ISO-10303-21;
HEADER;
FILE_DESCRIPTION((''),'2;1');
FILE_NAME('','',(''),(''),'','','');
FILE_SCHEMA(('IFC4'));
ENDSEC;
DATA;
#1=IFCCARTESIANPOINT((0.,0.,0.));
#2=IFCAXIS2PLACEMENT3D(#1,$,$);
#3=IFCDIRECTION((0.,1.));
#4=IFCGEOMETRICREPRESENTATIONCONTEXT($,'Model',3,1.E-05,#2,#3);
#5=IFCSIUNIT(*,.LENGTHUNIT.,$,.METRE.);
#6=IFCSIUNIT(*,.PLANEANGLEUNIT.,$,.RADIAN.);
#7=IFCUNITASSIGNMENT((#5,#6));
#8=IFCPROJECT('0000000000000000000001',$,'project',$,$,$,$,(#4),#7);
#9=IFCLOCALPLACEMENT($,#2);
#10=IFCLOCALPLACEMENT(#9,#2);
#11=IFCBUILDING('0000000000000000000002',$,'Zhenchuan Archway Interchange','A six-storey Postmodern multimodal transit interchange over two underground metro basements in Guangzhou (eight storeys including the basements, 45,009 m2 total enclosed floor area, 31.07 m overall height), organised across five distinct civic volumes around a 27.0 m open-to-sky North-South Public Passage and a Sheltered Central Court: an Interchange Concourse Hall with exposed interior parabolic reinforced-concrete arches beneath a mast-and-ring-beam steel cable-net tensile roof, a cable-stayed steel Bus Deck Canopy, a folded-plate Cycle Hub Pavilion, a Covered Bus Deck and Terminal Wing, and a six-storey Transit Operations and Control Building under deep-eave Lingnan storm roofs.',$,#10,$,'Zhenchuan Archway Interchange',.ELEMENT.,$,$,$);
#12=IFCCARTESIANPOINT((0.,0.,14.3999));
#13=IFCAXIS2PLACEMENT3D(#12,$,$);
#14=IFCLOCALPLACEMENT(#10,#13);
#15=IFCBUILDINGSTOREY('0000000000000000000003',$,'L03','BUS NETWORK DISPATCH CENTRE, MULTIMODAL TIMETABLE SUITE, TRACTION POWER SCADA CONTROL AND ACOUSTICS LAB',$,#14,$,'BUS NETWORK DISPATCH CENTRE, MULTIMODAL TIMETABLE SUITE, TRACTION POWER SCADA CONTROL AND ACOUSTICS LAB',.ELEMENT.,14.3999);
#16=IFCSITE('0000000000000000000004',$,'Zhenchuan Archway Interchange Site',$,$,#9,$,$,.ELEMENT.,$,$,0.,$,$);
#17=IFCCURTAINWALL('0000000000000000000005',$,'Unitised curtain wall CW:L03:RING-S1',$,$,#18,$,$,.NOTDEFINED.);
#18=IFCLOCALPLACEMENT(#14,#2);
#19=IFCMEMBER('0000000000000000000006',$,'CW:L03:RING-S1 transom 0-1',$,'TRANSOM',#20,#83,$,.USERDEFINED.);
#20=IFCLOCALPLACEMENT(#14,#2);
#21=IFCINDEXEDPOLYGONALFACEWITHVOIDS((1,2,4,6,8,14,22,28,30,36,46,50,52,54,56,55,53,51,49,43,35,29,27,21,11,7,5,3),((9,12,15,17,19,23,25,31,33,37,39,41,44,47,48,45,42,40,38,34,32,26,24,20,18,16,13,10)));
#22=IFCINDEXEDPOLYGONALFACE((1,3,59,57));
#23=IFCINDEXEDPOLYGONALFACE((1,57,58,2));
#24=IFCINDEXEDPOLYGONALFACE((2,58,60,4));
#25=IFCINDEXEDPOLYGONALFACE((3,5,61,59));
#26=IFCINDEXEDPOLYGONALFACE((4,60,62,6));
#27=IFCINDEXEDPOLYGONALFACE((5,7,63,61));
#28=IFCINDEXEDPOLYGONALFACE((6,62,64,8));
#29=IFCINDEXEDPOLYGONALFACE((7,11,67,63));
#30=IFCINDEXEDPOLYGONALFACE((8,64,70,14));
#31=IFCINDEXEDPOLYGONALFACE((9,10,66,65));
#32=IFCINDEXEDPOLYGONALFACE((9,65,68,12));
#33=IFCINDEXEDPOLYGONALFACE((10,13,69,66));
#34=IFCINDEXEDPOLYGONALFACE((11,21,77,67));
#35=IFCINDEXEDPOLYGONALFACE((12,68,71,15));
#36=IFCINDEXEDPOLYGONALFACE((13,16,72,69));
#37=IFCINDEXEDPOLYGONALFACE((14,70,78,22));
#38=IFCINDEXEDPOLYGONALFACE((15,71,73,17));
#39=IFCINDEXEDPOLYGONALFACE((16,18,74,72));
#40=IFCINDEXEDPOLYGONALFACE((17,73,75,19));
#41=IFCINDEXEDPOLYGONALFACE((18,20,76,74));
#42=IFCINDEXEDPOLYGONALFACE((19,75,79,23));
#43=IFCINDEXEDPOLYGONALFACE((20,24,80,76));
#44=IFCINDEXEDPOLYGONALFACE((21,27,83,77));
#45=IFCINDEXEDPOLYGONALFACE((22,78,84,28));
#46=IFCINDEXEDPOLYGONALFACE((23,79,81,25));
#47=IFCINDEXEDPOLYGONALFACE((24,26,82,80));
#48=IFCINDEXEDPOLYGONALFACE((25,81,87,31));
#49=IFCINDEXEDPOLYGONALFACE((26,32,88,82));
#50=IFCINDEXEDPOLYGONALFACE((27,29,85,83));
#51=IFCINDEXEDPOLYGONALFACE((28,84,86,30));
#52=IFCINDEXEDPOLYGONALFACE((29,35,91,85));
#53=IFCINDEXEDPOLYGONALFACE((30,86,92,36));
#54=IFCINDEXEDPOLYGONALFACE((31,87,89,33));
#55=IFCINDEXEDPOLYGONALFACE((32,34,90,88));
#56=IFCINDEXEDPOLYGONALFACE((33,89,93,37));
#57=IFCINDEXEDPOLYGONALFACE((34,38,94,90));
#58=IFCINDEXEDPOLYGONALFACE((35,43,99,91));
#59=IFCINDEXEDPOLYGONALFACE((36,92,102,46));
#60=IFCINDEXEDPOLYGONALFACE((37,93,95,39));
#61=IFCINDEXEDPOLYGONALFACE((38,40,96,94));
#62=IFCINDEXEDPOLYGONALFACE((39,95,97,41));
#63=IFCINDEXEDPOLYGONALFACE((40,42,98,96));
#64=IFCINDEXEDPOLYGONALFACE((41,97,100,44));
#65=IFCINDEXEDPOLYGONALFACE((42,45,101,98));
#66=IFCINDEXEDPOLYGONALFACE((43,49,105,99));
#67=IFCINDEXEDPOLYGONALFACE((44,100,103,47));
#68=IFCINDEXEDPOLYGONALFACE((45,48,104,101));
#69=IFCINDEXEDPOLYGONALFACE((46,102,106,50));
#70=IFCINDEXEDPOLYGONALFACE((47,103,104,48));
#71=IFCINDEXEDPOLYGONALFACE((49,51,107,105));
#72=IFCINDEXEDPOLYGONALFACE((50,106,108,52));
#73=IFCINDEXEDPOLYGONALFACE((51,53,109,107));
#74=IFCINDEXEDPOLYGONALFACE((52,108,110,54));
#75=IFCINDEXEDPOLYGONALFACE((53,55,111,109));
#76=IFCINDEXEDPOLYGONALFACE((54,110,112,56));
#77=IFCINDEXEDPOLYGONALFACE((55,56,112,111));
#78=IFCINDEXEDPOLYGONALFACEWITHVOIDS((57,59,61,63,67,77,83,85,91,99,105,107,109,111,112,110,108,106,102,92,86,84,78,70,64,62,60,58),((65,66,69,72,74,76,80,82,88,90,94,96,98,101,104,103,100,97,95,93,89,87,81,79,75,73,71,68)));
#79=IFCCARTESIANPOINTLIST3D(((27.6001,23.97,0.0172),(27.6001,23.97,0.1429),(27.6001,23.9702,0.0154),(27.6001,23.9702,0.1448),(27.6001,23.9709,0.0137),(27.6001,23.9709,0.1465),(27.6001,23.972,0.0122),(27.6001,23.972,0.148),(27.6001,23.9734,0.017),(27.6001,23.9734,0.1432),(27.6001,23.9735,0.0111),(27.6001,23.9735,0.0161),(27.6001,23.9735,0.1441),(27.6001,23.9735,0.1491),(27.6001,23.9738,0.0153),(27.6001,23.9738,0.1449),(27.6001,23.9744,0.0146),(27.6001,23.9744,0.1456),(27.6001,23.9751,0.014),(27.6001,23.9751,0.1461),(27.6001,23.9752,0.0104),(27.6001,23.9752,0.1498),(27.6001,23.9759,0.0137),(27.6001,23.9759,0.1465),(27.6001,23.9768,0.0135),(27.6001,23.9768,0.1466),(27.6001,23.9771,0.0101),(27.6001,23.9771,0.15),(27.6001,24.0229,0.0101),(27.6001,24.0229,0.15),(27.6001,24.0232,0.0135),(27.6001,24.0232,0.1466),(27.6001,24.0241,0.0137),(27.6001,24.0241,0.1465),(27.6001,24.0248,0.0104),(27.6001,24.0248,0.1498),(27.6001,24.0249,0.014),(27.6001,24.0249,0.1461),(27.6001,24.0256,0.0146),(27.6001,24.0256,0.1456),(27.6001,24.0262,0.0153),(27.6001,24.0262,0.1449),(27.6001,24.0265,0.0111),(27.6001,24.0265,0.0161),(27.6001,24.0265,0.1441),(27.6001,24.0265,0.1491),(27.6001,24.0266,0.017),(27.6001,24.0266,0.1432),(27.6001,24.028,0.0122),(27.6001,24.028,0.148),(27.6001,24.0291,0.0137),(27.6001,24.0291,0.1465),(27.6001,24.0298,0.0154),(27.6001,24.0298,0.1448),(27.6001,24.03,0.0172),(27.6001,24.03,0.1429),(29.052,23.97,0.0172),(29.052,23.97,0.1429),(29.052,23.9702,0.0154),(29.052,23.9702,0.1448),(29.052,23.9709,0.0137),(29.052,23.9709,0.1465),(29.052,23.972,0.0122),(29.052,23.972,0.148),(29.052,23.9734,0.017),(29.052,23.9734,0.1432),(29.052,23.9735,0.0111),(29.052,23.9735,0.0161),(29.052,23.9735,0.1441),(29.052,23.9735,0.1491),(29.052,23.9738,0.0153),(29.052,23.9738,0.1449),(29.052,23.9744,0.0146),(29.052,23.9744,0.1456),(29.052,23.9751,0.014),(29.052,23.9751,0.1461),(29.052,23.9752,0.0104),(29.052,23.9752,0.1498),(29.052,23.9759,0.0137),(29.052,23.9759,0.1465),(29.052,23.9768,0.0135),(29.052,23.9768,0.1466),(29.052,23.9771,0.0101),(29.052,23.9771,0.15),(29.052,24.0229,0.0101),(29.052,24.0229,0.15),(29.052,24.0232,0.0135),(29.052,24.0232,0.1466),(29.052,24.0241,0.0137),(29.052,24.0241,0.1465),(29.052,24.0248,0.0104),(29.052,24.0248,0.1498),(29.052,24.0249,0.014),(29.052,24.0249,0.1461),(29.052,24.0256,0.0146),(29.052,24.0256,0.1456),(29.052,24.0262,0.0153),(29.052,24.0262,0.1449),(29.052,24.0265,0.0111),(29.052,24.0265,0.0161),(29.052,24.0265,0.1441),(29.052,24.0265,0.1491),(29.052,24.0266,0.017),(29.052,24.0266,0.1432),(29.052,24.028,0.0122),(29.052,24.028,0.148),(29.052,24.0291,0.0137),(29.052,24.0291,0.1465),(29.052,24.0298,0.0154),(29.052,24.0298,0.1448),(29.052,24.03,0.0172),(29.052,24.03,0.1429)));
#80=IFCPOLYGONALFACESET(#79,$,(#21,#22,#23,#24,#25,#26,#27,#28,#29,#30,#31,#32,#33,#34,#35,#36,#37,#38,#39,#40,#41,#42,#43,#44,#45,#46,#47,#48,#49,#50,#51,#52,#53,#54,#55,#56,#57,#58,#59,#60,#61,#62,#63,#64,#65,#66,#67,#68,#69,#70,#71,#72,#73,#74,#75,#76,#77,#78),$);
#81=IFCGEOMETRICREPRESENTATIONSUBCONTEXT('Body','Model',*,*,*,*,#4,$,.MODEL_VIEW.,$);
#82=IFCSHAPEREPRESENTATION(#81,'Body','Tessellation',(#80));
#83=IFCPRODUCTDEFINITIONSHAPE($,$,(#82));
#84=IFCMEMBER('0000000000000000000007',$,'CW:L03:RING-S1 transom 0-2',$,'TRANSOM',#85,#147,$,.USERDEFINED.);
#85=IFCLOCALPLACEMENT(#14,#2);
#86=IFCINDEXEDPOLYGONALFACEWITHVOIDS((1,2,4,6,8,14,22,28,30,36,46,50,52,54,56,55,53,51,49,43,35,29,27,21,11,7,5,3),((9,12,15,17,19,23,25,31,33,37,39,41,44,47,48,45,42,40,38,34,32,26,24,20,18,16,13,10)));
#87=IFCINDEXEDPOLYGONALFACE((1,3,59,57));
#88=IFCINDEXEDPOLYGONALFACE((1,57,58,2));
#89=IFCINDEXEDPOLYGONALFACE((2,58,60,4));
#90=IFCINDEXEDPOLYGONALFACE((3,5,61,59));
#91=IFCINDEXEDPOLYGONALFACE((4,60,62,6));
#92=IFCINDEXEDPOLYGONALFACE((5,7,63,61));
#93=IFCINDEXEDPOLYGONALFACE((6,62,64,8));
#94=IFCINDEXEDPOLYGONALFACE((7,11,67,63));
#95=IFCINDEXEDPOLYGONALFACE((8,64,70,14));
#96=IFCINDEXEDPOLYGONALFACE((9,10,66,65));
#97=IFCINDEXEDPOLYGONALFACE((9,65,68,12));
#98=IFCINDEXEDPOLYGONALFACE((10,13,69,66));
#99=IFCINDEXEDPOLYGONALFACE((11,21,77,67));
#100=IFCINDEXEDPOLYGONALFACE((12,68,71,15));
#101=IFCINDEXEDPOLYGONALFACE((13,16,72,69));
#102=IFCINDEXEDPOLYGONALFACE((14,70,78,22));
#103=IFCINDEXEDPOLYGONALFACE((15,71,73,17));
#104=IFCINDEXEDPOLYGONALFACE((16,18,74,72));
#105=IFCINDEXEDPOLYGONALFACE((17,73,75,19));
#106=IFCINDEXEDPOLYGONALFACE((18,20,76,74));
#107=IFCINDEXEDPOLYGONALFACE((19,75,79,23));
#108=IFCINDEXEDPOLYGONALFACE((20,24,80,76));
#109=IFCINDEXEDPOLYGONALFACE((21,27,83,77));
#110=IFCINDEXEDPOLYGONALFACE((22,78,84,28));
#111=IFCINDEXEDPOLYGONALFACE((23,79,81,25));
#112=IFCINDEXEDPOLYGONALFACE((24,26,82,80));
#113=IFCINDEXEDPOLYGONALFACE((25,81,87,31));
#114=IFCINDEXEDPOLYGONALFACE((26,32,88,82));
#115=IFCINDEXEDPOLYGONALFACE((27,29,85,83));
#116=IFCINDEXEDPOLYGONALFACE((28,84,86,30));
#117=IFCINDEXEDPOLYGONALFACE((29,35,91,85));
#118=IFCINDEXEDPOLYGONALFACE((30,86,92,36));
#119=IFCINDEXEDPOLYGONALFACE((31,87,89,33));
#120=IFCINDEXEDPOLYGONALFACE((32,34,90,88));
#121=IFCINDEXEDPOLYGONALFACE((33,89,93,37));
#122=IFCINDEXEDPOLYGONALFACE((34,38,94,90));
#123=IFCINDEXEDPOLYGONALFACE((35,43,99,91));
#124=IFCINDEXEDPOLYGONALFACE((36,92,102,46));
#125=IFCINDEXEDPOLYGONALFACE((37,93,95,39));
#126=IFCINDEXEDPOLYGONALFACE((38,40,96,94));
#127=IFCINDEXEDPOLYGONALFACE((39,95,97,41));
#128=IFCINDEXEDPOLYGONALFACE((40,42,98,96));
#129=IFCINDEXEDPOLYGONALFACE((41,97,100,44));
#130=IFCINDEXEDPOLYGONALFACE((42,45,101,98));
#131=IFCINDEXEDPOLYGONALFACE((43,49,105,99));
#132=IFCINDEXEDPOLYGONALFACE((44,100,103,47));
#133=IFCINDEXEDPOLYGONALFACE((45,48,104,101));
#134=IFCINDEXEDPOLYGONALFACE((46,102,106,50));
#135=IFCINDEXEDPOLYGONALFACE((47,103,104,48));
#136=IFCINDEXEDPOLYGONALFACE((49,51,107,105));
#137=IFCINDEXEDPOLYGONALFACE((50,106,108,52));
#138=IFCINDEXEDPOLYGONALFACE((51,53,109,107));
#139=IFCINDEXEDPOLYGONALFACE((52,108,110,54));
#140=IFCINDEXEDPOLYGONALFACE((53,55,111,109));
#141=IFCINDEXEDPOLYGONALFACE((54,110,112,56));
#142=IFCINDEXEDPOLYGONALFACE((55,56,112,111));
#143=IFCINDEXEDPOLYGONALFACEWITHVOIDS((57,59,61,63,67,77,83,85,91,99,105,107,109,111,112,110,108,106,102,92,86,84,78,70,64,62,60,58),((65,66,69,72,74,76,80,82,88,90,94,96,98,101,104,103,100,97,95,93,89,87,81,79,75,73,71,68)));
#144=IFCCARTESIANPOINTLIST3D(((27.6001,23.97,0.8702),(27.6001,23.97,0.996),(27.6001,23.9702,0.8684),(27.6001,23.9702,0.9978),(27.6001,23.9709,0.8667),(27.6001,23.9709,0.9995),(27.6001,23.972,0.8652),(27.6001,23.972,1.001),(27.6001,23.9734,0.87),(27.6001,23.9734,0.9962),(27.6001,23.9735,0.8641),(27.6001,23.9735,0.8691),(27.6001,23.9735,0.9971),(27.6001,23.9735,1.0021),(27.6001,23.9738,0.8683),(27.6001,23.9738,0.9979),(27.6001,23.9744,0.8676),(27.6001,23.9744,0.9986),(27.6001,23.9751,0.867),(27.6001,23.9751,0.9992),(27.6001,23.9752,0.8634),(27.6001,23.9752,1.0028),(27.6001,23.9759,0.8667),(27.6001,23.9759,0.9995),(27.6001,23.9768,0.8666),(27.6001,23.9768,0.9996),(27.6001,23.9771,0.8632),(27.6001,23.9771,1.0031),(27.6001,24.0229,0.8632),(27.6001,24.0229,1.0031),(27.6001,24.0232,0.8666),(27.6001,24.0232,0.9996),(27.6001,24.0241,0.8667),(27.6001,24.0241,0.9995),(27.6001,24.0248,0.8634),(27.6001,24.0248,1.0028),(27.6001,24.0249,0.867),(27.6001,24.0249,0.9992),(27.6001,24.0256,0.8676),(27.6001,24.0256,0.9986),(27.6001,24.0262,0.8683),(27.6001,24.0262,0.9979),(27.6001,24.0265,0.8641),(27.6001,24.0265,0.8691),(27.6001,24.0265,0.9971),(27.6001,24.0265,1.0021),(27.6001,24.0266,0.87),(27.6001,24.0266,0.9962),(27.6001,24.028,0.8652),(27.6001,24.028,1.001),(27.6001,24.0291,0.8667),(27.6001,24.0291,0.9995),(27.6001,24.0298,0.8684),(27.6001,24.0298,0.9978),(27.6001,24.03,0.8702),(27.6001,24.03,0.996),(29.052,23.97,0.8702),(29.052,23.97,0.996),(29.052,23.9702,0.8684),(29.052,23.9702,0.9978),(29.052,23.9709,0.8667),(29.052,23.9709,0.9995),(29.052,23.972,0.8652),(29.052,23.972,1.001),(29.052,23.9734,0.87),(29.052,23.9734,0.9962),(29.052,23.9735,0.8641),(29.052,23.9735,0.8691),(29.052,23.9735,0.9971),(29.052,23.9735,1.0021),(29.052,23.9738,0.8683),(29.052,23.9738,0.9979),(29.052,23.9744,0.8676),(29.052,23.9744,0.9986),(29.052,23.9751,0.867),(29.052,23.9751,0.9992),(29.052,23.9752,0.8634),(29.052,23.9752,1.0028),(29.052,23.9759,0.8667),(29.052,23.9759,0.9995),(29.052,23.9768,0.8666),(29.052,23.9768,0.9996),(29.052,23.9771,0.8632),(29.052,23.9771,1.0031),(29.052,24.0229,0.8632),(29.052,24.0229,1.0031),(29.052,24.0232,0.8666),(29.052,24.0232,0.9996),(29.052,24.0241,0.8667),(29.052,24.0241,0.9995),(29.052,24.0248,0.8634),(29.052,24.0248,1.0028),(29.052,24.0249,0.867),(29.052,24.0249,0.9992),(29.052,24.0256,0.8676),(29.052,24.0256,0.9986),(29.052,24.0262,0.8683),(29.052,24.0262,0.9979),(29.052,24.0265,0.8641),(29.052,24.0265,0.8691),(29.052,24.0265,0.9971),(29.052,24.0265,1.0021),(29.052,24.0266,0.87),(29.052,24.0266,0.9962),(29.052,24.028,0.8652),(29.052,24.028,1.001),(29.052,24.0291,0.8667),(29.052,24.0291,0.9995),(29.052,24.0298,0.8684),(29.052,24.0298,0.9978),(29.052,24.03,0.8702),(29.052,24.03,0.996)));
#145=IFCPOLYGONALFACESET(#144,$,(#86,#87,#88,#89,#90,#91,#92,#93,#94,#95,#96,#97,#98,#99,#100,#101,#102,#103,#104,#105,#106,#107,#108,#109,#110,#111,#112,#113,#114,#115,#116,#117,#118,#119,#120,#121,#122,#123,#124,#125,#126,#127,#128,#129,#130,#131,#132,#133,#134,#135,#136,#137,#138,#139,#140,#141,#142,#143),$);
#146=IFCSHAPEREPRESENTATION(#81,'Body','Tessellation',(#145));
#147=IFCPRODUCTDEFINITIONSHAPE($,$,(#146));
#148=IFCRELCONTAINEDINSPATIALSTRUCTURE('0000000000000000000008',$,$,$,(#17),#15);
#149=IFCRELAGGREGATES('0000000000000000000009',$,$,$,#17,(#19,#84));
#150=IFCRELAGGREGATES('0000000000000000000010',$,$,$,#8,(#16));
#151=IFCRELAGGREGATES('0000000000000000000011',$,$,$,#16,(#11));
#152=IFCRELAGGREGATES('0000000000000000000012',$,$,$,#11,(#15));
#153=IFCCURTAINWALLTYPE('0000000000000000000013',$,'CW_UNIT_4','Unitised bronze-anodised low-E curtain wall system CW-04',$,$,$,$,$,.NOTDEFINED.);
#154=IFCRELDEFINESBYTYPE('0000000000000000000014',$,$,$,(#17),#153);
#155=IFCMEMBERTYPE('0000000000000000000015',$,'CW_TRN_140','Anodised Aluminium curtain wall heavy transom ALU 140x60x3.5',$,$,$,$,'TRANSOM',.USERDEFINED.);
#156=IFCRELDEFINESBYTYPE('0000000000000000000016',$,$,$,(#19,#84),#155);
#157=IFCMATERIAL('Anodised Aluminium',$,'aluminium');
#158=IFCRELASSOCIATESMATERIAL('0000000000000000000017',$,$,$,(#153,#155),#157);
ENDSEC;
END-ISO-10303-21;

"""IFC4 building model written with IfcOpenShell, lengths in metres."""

from ifc_helpers import new_model, si_unit, direction, frame, origin, origin_2d, place, context, subcontext, project, spatial, hollow_rectangle, extrude, material, material_profile, profile_set, type_object, element, aggregate, save


model = new_model("IFC4")

# Units and contexts
model_context = context("Model", 3, precision=1e-05, world=origin(), true_north=direction((0.0, 1.0)))
body_context = subcontext(model_context, "Body", "Model", "MODEL_VIEW")
ifc_project = project(units=[si_unit("LENGTHUNIT", "METRE"), si_unit("PLANEANGLEUNIT", "RADIAN")], contexts=[model_context])

# Site, building, storey
site_placement = place(None, origin())
site = spatial("IfcSite", under=ifc_project, at=site_placement, Name="Zhenchuan Archway Interchange Site", CompositionType="ELEMENT", RefElevation=0.0)
building_placement = place(site_placement, origin())
building = spatial("IfcBuilding", under=site, at=building_placement, Name="Zhenchuan Archway Interchange", Description="A six-storey Postmodern multimodal transit interchange over two underground metro basements in Guangzhou (eight storeys including the basements, 45,009 m2 total enclosed floor area, 31.07 m overall height), organised across five distinct civic volumes around a 27.0 m open-to-sky North-South Public Passage and a Sheltered Central Court: an Interchange Concourse Hall with exposed interior parabolic reinforced-concrete arches beneath a mast-and-ring-beam steel cable-net tensile roof, a cable-stayed steel Bus Deck Canopy, a folded-plate Cycle Hub Pavilion, a Covered Bus Deck and Terminal Wing, and a six-storey Transit Operations and Control Building under deep-eave Lingnan storm roofs.", LongName="Zhenchuan Archway Interchange", CompositionType="ELEMENT")
storey_placement = place(building_placement, frame((0.0, 0.0, 14.3999)))
storey = spatial("IfcBuildingStorey", under=building, at=storey_placement, Name="L03", Description="BUS NETWORK DISPATCH CENTRE, MULTIMODAL TIMETABLE SUITE, TRACTION POWER SCADA CONTROL AND ACOUSTICS LAB", LongName="BUS NETWORK DISPATCH CENTRE, MULTIMODAL TIMETABLE SUITE, TRACTION POWER SCADA CONTROL AND ACOUSTICS LAB", CompositionType="ELEMENT", Elevation=14.3999)

# Curtain wall, members
ifc_material_1 = material(Name="Anodised Aluminium", Category="aluminium")
curtain_wall_type = type_object("IfcCurtainWallType", Name="CW_UNIT_4", Description="Unitised bronze-anodised low-E curtain wall system CW-04", PredefinedType="NOTDEFINED", material=ifc_material_1)
curtain_wall_placement = place(storey_placement, origin())
curtain_wall = element("IfcCurtainWall", 1, at=curtain_wall_placement, inside=storey, type_object=curtain_wall_type, Name="Unitised curtain wall CW:L03:RING-S1", PredefinedType="NOTDEFINED")
ifc_material_profile_1 = material_profile(ifc_material_1, hollow_rectangle(XDim=0.0601, YDim=0.1399, WallThickness=0.0034, InnerFilletRadius=0.0034, OuterFilletRadius=0.0071, at=origin_2d()), Name="ALU 140x60x3.5")
ifc_profile_set_1 = profile_set([ifc_material_profile_1], Name="Anodised Aluminium")
member_type_1 = type_object("IfcMemberType", Name="CW_TRN_140", Description="Anodised Aluminium curtain wall heavy transom ALU 140x60x3.5", ElementType="TRANSOM", PredefinedType="USERDEFINED", material=ifc_profile_set_1)
member_1_placement = place(storey_placement, frame((27.6001, 24.0, 0.0801), z_axis=(1.0, 0.0, 0.0), x_axis=(0.0, 1.0, 0.0)))
member_1 = element("IfcMember", 2, at=member_1_placement, type_object=member_type_1, Name="CW:L03:RING-S1 transom 0-1", ObjectType="TRANSOM", PredefinedType="USERDEFINED", context=body_context, shape_type="SweptSolid", body=[
    extrude(hollow_rectangle(XDim=0.0601, YDim=0.1399, WallThickness=0.0034, InnerFilletRadius=0.0034, OuterFilletRadius=0.0071, at=origin_2d()), origin(), (0.0, 0.0, 1.0), 1.4519),
])
member_2_placement = place(storey_placement, frame((27.6001, 24.0, 0.9331), z_axis=(1.0, 0.0, 0.0), x_axis=(0.0, 1.0, 0.0)))
member_2 = element("IfcMember", 3, at=member_2_placement, type_object=member_type_1, Name="CW:L03:RING-S1 transom 0-2", ObjectType="TRANSOM", PredefinedType="USERDEFINED", context=body_context, shape_type="SweptSolid", body=[
    extrude(hollow_rectangle(XDim=0.0601, YDim=0.1399, WallThickness=0.0034, InnerFilletRadius=0.0034, OuterFilletRadius=0.0071, at=origin_2d()), origin(), (0.0, 0.0, 1.0), 1.4519),
])

aggregate(curtain_wall, [member_1, member_2])

save(model, "model.ifc")
